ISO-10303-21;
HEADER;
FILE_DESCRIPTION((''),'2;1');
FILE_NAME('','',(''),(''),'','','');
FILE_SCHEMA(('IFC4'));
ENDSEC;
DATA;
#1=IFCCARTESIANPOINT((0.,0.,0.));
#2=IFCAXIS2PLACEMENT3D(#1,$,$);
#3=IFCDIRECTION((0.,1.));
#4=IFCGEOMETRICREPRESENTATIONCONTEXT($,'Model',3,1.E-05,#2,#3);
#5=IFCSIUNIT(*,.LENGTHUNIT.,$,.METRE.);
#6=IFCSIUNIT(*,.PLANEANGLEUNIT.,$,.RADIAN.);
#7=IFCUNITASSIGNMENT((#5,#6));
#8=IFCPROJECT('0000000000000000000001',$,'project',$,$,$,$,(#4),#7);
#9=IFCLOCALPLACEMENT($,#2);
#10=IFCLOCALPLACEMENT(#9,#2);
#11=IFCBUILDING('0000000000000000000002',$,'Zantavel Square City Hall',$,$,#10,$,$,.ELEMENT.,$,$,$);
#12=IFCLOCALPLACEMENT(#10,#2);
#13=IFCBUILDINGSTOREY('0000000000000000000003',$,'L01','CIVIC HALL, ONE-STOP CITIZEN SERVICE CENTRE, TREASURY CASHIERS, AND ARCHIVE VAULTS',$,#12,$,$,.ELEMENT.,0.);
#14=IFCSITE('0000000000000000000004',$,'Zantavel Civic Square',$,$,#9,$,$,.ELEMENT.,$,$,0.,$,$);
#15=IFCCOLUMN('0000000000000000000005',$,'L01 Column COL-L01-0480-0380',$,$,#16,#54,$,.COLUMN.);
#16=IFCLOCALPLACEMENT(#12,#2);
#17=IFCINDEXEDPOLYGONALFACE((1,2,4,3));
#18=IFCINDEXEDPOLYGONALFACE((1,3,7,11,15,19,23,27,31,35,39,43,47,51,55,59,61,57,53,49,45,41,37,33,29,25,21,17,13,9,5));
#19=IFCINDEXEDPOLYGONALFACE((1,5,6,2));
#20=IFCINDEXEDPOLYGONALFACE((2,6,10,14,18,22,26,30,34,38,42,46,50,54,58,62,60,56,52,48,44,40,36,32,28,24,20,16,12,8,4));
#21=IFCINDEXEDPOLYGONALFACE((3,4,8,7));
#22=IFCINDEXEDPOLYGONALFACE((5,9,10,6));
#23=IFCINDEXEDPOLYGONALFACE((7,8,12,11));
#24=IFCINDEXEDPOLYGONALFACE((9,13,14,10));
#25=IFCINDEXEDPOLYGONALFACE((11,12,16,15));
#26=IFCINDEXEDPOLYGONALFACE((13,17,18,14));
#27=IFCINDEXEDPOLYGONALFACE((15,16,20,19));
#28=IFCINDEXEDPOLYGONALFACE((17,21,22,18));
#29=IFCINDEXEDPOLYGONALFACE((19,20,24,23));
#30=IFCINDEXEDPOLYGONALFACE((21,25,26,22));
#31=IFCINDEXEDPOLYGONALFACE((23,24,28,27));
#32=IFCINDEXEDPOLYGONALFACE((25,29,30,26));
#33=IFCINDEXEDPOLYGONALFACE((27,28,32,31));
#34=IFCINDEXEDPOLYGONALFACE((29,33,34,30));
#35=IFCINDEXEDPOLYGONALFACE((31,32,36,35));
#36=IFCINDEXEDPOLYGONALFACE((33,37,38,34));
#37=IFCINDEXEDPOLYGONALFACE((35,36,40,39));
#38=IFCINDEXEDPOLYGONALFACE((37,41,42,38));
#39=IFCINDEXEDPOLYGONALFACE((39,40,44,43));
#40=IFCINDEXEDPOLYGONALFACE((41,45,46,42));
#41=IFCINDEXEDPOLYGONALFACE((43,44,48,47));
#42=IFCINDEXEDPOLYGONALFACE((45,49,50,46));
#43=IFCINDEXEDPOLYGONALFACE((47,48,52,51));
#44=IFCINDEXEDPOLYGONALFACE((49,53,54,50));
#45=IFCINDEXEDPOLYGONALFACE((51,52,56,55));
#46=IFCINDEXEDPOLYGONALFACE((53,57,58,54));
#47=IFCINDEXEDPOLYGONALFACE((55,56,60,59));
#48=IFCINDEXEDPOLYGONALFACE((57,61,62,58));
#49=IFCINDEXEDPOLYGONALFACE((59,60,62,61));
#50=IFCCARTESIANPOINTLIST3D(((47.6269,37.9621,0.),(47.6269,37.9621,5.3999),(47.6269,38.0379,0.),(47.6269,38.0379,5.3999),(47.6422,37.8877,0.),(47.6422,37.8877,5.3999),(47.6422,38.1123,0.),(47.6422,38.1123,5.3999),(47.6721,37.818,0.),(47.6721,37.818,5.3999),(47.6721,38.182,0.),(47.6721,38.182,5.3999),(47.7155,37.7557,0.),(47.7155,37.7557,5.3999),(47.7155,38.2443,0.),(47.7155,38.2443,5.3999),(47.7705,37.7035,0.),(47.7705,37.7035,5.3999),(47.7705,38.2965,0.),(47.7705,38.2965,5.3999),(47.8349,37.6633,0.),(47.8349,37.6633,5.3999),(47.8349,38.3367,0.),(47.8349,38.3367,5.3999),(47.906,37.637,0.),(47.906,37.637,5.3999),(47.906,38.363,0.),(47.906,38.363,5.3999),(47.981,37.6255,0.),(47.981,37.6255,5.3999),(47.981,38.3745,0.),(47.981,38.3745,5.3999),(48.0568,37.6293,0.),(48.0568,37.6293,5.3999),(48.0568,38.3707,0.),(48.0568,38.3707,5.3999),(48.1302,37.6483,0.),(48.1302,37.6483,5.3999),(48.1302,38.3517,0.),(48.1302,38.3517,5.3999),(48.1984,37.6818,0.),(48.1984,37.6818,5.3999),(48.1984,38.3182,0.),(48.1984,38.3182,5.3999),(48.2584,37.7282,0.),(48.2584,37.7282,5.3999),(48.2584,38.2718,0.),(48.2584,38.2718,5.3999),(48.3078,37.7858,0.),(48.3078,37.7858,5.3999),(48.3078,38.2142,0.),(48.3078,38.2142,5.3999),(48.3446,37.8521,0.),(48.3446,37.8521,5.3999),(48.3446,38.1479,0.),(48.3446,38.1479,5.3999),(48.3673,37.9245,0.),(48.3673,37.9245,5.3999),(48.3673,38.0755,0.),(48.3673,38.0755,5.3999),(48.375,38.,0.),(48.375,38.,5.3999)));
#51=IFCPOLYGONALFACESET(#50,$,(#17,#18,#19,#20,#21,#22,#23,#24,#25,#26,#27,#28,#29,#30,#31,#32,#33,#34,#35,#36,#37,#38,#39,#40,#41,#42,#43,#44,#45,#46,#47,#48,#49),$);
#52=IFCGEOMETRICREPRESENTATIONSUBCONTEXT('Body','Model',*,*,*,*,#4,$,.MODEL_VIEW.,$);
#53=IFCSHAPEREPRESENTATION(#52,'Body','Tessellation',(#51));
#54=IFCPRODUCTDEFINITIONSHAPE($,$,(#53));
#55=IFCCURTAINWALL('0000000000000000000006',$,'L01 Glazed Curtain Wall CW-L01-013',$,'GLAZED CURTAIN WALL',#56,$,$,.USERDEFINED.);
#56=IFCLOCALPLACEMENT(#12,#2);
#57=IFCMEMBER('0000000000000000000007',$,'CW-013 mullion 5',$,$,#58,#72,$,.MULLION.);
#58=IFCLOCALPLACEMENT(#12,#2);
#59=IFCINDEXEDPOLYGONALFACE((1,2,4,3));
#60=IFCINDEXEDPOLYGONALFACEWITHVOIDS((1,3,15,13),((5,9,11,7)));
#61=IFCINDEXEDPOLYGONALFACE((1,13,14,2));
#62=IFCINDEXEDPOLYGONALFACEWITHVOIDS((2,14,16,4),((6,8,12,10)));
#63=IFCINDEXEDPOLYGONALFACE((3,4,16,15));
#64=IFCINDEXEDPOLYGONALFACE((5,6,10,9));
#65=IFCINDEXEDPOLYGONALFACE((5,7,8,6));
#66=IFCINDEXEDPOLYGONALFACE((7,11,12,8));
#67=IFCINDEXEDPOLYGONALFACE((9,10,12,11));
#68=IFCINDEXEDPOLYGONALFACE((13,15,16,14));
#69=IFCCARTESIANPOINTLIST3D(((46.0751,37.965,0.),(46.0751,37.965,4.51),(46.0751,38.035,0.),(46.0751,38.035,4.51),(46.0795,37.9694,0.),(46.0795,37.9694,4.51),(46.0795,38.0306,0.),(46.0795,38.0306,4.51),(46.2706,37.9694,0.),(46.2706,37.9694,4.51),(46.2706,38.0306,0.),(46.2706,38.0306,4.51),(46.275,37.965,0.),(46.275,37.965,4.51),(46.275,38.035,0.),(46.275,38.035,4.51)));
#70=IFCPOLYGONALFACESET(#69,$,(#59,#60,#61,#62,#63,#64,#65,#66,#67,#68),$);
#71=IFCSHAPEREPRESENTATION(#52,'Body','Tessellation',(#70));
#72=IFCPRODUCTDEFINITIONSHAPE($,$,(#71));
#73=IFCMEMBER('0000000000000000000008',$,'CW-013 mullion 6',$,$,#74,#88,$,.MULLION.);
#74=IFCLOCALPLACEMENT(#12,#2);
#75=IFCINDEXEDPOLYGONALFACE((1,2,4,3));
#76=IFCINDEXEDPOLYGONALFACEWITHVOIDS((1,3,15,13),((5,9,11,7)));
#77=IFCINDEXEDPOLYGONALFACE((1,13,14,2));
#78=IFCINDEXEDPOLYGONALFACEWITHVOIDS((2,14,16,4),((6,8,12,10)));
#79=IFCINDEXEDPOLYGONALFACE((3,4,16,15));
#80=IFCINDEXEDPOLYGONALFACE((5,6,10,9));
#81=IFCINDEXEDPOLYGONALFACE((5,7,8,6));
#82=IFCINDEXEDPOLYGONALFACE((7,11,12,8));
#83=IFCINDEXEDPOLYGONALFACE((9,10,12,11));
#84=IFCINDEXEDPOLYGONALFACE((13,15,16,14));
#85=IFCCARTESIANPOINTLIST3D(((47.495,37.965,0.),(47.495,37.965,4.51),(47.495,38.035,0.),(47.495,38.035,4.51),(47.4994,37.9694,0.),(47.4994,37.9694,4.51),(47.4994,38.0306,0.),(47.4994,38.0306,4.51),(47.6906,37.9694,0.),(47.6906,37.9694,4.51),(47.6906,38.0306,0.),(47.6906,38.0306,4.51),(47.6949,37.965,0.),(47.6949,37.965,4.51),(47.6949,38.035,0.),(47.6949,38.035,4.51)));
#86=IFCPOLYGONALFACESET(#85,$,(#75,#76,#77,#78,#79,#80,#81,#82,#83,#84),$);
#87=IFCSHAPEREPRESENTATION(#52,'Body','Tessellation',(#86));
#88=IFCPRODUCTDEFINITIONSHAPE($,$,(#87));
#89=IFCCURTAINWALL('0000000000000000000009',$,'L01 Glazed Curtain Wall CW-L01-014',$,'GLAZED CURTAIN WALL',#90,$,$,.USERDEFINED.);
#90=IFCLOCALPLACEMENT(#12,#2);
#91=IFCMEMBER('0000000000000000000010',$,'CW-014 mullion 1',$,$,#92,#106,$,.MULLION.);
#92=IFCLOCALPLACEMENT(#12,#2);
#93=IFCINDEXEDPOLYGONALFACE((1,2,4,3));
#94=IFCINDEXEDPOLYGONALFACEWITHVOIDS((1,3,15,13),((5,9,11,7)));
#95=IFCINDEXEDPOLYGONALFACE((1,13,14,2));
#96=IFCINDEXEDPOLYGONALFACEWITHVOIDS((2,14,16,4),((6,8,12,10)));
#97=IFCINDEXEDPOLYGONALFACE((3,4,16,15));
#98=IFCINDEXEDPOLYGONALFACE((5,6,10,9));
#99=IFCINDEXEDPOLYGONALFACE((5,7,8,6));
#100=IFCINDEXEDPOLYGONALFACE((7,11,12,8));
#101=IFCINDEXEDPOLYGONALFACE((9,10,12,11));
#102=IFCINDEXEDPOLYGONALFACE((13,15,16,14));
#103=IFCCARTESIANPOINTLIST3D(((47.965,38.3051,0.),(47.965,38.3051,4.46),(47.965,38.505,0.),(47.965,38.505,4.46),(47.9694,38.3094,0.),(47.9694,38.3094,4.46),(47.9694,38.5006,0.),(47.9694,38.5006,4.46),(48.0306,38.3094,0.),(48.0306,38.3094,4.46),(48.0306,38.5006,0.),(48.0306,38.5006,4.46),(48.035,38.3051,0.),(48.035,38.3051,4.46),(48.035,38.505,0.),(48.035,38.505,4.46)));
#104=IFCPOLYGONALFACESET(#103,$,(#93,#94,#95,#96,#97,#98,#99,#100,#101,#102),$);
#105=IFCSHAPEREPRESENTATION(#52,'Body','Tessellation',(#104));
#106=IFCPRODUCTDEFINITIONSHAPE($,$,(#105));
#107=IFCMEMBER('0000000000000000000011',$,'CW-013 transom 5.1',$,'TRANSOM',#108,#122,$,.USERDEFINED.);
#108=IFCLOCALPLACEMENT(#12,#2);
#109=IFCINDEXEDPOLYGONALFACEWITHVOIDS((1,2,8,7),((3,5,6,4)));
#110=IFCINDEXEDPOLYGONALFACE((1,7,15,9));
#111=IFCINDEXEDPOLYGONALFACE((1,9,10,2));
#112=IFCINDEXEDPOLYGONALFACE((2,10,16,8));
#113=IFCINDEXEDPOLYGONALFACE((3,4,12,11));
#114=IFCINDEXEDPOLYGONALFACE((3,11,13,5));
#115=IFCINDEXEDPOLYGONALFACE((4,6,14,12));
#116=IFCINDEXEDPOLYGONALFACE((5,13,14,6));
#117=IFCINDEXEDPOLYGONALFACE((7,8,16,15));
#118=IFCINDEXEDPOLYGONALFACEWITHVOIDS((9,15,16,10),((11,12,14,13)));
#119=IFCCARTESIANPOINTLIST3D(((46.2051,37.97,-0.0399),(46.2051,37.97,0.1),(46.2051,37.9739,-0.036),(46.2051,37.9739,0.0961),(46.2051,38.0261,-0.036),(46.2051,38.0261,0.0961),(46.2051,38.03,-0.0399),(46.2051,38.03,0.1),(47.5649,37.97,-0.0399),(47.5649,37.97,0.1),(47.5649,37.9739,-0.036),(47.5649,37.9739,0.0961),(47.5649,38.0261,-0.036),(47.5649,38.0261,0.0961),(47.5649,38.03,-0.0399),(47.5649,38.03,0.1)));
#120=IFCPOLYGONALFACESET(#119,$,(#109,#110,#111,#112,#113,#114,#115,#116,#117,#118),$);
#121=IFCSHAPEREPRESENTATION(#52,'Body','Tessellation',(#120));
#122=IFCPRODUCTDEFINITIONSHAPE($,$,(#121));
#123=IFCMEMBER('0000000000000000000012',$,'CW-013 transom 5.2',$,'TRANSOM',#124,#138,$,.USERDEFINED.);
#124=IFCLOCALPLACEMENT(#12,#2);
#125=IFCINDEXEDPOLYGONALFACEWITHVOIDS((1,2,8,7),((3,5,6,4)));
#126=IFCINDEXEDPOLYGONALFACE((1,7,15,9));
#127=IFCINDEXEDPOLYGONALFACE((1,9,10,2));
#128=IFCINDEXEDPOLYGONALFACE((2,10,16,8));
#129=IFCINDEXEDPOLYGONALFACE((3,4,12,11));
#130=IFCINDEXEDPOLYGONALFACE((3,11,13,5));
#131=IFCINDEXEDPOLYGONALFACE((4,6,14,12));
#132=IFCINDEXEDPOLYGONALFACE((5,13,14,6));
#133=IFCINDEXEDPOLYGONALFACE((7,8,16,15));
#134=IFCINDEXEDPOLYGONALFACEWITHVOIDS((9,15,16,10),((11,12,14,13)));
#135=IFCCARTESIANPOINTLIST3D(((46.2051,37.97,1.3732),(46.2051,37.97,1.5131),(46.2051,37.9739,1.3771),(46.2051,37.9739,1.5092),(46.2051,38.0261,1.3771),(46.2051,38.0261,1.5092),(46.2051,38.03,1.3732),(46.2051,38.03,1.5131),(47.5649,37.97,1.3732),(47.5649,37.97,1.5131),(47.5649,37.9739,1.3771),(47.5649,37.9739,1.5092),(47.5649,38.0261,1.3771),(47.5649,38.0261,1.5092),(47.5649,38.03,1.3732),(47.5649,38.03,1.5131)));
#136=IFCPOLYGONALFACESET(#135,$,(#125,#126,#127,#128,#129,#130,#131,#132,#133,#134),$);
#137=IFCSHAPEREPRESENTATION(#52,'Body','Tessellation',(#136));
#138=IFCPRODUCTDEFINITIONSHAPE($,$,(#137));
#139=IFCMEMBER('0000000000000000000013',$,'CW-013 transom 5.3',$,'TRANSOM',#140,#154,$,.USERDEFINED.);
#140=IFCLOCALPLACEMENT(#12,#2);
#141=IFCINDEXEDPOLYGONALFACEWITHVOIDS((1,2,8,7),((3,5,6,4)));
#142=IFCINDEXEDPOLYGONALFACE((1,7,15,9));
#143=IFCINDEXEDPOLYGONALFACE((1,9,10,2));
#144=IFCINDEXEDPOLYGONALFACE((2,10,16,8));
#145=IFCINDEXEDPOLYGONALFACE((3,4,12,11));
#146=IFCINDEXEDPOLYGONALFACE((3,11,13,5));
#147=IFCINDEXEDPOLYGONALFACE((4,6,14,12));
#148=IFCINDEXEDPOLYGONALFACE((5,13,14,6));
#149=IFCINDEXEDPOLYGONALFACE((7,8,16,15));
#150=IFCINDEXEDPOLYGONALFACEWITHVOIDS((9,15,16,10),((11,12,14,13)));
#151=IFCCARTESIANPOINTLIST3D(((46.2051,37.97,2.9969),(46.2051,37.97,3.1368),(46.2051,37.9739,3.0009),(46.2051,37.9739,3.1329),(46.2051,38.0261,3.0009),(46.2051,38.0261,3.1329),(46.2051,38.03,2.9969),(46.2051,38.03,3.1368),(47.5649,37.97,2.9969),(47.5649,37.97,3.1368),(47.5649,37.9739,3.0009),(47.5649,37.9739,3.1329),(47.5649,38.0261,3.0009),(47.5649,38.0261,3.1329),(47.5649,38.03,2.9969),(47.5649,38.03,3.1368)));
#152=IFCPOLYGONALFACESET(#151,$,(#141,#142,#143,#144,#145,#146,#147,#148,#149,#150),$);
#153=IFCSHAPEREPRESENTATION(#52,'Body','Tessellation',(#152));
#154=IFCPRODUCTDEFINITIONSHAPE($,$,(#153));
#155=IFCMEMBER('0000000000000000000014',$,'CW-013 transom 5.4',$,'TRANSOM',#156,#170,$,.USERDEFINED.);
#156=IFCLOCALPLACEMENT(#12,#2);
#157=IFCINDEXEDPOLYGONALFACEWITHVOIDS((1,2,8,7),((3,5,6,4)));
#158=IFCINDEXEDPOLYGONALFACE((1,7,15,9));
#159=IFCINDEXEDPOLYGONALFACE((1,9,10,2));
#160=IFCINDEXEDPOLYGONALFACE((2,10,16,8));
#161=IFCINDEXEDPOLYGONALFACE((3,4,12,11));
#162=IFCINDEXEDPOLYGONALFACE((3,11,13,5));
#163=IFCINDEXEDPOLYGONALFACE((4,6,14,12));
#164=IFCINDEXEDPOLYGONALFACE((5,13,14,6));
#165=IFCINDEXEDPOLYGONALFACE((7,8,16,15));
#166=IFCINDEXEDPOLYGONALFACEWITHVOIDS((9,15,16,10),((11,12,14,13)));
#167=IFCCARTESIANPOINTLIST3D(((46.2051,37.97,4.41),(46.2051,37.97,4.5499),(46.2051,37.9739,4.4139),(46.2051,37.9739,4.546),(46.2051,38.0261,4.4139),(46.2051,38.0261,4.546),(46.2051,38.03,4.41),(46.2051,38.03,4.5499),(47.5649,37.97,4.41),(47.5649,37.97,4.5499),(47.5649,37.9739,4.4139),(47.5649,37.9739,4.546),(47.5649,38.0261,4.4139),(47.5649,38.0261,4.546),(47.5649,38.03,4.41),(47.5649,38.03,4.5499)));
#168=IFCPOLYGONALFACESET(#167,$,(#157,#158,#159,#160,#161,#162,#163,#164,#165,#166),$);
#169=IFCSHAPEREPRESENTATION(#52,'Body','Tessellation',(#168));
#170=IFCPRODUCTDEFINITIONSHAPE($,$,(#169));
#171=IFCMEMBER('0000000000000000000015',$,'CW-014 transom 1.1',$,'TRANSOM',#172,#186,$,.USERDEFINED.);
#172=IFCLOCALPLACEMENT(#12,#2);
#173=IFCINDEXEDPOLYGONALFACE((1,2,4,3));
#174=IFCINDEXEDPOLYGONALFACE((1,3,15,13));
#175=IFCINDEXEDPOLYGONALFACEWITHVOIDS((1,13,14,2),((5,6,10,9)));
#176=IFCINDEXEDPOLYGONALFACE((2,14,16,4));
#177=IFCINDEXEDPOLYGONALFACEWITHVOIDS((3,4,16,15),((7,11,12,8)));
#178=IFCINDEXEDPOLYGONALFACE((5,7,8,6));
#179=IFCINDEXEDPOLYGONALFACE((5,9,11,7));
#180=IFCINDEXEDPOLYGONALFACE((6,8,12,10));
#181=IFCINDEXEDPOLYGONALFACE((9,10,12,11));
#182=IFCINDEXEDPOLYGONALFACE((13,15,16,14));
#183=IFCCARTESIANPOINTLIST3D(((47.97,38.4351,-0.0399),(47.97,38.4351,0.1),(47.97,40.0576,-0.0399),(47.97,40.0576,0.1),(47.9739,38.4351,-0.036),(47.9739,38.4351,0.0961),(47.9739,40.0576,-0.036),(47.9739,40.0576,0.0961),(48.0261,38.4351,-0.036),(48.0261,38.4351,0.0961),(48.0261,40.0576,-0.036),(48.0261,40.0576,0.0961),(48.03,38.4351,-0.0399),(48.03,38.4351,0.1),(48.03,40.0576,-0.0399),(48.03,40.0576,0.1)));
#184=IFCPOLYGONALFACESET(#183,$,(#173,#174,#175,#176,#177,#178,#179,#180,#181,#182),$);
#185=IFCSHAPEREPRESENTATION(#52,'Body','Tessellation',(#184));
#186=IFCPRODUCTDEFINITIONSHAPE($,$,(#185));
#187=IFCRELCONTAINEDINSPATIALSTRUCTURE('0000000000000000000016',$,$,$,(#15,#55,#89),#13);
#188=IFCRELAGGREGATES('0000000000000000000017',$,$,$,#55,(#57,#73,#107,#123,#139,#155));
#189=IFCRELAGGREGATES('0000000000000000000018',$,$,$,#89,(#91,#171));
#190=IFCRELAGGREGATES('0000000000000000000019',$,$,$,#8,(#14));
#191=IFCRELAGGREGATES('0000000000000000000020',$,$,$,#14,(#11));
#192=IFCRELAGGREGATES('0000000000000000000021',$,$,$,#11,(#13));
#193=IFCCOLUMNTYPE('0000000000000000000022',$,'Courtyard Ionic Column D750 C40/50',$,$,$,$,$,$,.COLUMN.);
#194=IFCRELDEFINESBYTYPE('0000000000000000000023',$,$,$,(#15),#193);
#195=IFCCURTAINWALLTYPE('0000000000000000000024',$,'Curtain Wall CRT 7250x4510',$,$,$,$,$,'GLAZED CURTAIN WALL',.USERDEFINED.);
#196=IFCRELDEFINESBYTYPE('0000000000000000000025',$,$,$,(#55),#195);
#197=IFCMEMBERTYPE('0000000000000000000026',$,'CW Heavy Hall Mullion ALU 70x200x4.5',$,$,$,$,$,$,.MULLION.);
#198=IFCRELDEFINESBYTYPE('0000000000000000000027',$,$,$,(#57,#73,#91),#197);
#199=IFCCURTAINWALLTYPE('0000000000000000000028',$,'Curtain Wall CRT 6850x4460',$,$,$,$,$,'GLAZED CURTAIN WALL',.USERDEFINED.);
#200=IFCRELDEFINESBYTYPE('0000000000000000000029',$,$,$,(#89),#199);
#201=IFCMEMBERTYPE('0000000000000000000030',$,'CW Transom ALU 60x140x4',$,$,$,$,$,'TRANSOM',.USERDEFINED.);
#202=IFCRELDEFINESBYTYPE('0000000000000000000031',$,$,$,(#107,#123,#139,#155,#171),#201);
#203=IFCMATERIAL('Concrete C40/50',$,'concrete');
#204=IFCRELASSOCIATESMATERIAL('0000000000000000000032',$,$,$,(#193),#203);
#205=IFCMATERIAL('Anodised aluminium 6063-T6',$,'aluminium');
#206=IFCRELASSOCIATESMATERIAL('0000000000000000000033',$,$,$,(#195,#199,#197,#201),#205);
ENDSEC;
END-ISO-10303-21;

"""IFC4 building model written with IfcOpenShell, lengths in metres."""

from ifc_helpers import new_model, si_unit, direction, frame, origin, origin_2d, place, context, subcontext, project, spatial, hollow_rectangle, circle, extrude, material, material_profile, profile_set, type_object, element, aggregate, save


model = new_model("IFC4")

# Units and contexts
model_context = context("Model", 3, precision=1e-05, world=origin(), true_north=direction((0.0, 1.0)))
body_context = subcontext(model_context, "Body", "Model", "MODEL_VIEW")
ifc_project = project(units=[si_unit("LENGTHUNIT", "METRE"), si_unit("PLANEANGLEUNIT", "RADIAN")], contexts=[model_context])

# Site, building, storey
site_placement = place(None, origin())
site = spatial("IfcSite", under=ifc_project, at=site_placement, Name="Zantavel Civic Square", CompositionType="ELEMENT", RefElevation=0.0)
building_placement = place(site_placement, origin())
building = spatial("IfcBuilding", under=site, at=building_placement, Name="Zantavel Square City Hall", CompositionType="ELEMENT")
storey_placement = place(building_placement, origin())
storey = spatial("IfcBuildingStorey", under=building, at=storey_placement, Name="L01", Description="CIVIC HALL, ONE-STOP CITIZEN SERVICE CENTRE, TREASURY CASHIERS, AND ARCHIVE VAULTS", CompositionType="ELEMENT", Elevation=0.0)

# Column
ifc_material_1 = material(Name="Concrete C40/50", Category="concrete")
ifc_material_profile_1 = material_profile(ifc_material_1, circle(Radius=0.375, at=origin_2d()), Name="ROUND D750")
ifc_profile_set_1 = profile_set([ifc_material_profile_1], Name="Concrete C40/50")
column_type = type_object("IfcColumnType", Name="Courtyard Ionic Column D750 C40/50", PredefinedType="COLUMN", material=ifc_profile_set_1)
column_placement = place(storey_placement, frame((48.0, 38.0, 0.0), z_axis=(0.0, 0.0, 1.0), x_axis=(1.0, 0.0, 0.0)))
element("IfcColumn", 1, at=column_placement, inside=storey, type_object=column_type, Name="L01 Column COL-L01-0480-0380", PredefinedType="COLUMN", context=body_context, shape_type="SweptSolid", body=[
    extrude(circle(Radius=0.375, at=origin_2d()), origin(), (0.0, 0.0, 1.0), 5.3999),
])

# Curtain wall, members
ifc_material_2 = material(Name="Anodised aluminium 6063-T6", Category="aluminium")
curtain_wall_type_1 = type_object("IfcCurtainWallType", Name="Curtain Wall CRT 7250x4510", ElementType="GLAZED CURTAIN WALL", PredefinedType="USERDEFINED", material=ifc_material_2)
curtain_wall_1_placement = place(storey_placement, origin())
curtain_wall_1 = element("IfcCurtainWall", 2, at=curtain_wall_1_placement, inside=storey, type_object=curtain_wall_type_1, Name="L01 Glazed Curtain Wall CW-L01-013", ObjectType="GLAZED CURTAIN WALL", PredefinedType="USERDEFINED")
ifc_material_profile_2 = material_profile(ifc_material_2, hollow_rectangle(XDim=0.0701, YDim=0.2, WallThickness=0.0044, at=origin_2d()), Name="ALU 70x200x4.5")
ifc_profile_set_2 = profile_set([ifc_material_profile_2], Name="Anodised aluminium 6063-T6")
member_type_1 = type_object("IfcMemberType", Name="CW Heavy Hall Mullion ALU 70x200x4.5", PredefinedType="MULLION", material=ifc_profile_set_2)
member_1_placement = place(storey_placement, frame((46.175, 38.0, 0.0), z_axis=(0.0, 0.0, 1.0), x_axis=(0.0, 1.0, 0.0)))
member_1 = element("IfcMember", 3, at=member_1_placement, type_object=member_type_1, Name="CW-013 mullion 5", PredefinedType="MULLION", context=body_context, shape_type="SweptSolid", body=[
    extrude(hollow_rectangle(XDim=0.0701, YDim=0.2, WallThickness=0.0044, at=origin_2d()), origin(), (0.0, 0.0, 1.0), 4.51),
])
member_2_placement = place(storey_placement, frame((47.595, 38.0, 0.0), z_axis=(0.0, 0.0, 1.0), x_axis=(0.0, 1.0, 0.0)))
member_2 = element("IfcMember", 4, at=member_2_placement, type_object=member_type_1, Name="CW-013 mullion 6", PredefinedType="MULLION", context=body_context, shape_type="SweptSolid", body=[
    extrude(hollow_rectangle(XDim=0.0701, YDim=0.2, WallThickness=0.0044, at=origin_2d()), origin(), (0.0, 0.0, 1.0), 4.51),
])

# Curtain wall, member
curtain_wall_type_2 = type_object("IfcCurtainWallType", Name="Curtain Wall CRT 6850x4460", ElementType="GLAZED CURTAIN WALL", PredefinedType="USERDEFINED", material=ifc_material_2)
curtain_wall_2_placement = place(storey_placement, origin())
curtain_wall_2 = element("IfcCurtainWall", 5, at=curtain_wall_2_placement, inside=storey, type_object=curtain_wall_type_2, Name="L01 Glazed Curtain Wall CW-L01-014", ObjectType="GLAZED CURTAIN WALL", PredefinedType="USERDEFINED")
member_3_placement = place(storey_placement, frame((48.0, 38.405, 0.0), z_axis=(0.0, 0.0, 1.0), x_axis=(-1.0, 0.0, 0.0)))
member_3 = element("IfcMember", 6, at=member_3_placement, type_object=member_type_1, Name="CW-014 mullion 1", PredefinedType="MULLION", context=body_context, shape_type="SweptSolid", body=[
    extrude(hollow_rectangle(XDim=0.0701, YDim=0.2, WallThickness=0.0044, at=origin_2d()), origin(), (0.0, 0.0, 1.0), 4.46),
])

# Members
ifc_material_profile_3 = material_profile(ifc_material_2, hollow_rectangle(XDim=0.0601, YDim=0.1399, WallThickness=0.0039, at=origin_2d()), Name="ALU 60x140x4")
ifc_profile_set_3 = profile_set([ifc_material_profile_3], Name="Anodised aluminium 6063-T6")
member_type_2 = type_object("IfcMemberType", Name="CW Transom ALU 60x140x4", ElementType="TRANSOM", PredefinedType="USERDEFINED", material=ifc_profile_set_3)
member_4_placement = place(storey_placement, frame((46.2051, 38.0, 0.03), z_axis=(1.0, 0.0, 0.0), x_axis=(0.0, 1.0, 0.0)))
member_4 = element("IfcMember", 7, at=member_4_placement, type_object=member_type_2, Name="CW-013 transom 5.1", ObjectType="TRANSOM", PredefinedType="USERDEFINED", context=body_context, shape_type="SweptSolid", body=[
    extrude(hollow_rectangle(XDim=0.0601, YDim=0.1399, WallThickness=0.0039, at=origin_2d()), origin(), (0.0, 0.0, 1.0), 1.3599),
])
member_5_placement = place(storey_placement, frame((46.2051, 38.0, 1.4431), z_axis=(1.0, 0.0, 0.0), x_axis=(0.0, 1.0, 0.0)))
member_5 = element("IfcMember", 8, at=member_5_placement, type_object=member_type_2, Name="CW-013 transom 5.2", ObjectType="TRANSOM", PredefinedType="USERDEFINED", context=body_context, shape_type="SweptSolid", body=[
    extrude(hollow_rectangle(XDim=0.0601, YDim=0.1399, WallThickness=0.0039, at=origin_2d()), origin(), (0.0, 0.0, 1.0), 1.3599),
])
member_6_placement = place(storey_placement, frame((46.2051, 38.0, 3.0669), z_axis=(1.0, 0.0, 0.0), x_axis=(0.0, 1.0, 0.0)))
member_6 = element("IfcMember", 9, at=member_6_placement, type_object=member_type_2, Name="CW-013 transom 5.3", ObjectType="TRANSOM", PredefinedType="USERDEFINED", context=body_context, shape_type="SweptSolid", body=[
    extrude(hollow_rectangle(XDim=0.0601, YDim=0.1399, WallThickness=0.0039, at=origin_2d()), origin(), (0.0, 0.0, 1.0), 1.3599),
])
member_7_placement = place(storey_placement, frame((46.2051, 38.0, 4.48), z_axis=(1.0, 0.0, 0.0), x_axis=(0.0, 1.0, 0.0)))
member_7 = element("IfcMember", 10, at=member_7_placement, type_object=member_type_2, Name="CW-013 transom 5.4", ObjectType="TRANSOM", PredefinedType="USERDEFINED", context=body_context, shape_type="SweptSolid", body=[
    extrude(hollow_rectangle(XDim=0.0601, YDim=0.1399, WallThickness=0.0039, at=origin_2d()), origin(), (0.0, 0.0, 1.0), 1.3599),
])
member_8_placement = place(storey_placement, frame((48.0, 38.4351, 0.03), z_axis=(0.0, 1.0, 0.0), x_axis=(-1.0, 0.0, 0.0)))
member_8 = element("IfcMember", 11, at=member_8_placement, type_object=member_type_2, Name="CW-014 transom 1.1", ObjectType="TRANSOM", PredefinedType="USERDEFINED", context=body_context, shape_type="SweptSolid", body=[
    extrude(hollow_rectangle(XDim=0.0601, YDim=0.1399, WallThickness=0.0039, at=origin_2d()), origin(), (0.0, 0.0, 1.0), 1.6226),
])

aggregate(curtain_wall_1, [member_1, member_2, member_4, member_5, member_6, member_7])
aggregate(curtain_wall_2, [member_3, member_8])

save(model, "model.ifc")
